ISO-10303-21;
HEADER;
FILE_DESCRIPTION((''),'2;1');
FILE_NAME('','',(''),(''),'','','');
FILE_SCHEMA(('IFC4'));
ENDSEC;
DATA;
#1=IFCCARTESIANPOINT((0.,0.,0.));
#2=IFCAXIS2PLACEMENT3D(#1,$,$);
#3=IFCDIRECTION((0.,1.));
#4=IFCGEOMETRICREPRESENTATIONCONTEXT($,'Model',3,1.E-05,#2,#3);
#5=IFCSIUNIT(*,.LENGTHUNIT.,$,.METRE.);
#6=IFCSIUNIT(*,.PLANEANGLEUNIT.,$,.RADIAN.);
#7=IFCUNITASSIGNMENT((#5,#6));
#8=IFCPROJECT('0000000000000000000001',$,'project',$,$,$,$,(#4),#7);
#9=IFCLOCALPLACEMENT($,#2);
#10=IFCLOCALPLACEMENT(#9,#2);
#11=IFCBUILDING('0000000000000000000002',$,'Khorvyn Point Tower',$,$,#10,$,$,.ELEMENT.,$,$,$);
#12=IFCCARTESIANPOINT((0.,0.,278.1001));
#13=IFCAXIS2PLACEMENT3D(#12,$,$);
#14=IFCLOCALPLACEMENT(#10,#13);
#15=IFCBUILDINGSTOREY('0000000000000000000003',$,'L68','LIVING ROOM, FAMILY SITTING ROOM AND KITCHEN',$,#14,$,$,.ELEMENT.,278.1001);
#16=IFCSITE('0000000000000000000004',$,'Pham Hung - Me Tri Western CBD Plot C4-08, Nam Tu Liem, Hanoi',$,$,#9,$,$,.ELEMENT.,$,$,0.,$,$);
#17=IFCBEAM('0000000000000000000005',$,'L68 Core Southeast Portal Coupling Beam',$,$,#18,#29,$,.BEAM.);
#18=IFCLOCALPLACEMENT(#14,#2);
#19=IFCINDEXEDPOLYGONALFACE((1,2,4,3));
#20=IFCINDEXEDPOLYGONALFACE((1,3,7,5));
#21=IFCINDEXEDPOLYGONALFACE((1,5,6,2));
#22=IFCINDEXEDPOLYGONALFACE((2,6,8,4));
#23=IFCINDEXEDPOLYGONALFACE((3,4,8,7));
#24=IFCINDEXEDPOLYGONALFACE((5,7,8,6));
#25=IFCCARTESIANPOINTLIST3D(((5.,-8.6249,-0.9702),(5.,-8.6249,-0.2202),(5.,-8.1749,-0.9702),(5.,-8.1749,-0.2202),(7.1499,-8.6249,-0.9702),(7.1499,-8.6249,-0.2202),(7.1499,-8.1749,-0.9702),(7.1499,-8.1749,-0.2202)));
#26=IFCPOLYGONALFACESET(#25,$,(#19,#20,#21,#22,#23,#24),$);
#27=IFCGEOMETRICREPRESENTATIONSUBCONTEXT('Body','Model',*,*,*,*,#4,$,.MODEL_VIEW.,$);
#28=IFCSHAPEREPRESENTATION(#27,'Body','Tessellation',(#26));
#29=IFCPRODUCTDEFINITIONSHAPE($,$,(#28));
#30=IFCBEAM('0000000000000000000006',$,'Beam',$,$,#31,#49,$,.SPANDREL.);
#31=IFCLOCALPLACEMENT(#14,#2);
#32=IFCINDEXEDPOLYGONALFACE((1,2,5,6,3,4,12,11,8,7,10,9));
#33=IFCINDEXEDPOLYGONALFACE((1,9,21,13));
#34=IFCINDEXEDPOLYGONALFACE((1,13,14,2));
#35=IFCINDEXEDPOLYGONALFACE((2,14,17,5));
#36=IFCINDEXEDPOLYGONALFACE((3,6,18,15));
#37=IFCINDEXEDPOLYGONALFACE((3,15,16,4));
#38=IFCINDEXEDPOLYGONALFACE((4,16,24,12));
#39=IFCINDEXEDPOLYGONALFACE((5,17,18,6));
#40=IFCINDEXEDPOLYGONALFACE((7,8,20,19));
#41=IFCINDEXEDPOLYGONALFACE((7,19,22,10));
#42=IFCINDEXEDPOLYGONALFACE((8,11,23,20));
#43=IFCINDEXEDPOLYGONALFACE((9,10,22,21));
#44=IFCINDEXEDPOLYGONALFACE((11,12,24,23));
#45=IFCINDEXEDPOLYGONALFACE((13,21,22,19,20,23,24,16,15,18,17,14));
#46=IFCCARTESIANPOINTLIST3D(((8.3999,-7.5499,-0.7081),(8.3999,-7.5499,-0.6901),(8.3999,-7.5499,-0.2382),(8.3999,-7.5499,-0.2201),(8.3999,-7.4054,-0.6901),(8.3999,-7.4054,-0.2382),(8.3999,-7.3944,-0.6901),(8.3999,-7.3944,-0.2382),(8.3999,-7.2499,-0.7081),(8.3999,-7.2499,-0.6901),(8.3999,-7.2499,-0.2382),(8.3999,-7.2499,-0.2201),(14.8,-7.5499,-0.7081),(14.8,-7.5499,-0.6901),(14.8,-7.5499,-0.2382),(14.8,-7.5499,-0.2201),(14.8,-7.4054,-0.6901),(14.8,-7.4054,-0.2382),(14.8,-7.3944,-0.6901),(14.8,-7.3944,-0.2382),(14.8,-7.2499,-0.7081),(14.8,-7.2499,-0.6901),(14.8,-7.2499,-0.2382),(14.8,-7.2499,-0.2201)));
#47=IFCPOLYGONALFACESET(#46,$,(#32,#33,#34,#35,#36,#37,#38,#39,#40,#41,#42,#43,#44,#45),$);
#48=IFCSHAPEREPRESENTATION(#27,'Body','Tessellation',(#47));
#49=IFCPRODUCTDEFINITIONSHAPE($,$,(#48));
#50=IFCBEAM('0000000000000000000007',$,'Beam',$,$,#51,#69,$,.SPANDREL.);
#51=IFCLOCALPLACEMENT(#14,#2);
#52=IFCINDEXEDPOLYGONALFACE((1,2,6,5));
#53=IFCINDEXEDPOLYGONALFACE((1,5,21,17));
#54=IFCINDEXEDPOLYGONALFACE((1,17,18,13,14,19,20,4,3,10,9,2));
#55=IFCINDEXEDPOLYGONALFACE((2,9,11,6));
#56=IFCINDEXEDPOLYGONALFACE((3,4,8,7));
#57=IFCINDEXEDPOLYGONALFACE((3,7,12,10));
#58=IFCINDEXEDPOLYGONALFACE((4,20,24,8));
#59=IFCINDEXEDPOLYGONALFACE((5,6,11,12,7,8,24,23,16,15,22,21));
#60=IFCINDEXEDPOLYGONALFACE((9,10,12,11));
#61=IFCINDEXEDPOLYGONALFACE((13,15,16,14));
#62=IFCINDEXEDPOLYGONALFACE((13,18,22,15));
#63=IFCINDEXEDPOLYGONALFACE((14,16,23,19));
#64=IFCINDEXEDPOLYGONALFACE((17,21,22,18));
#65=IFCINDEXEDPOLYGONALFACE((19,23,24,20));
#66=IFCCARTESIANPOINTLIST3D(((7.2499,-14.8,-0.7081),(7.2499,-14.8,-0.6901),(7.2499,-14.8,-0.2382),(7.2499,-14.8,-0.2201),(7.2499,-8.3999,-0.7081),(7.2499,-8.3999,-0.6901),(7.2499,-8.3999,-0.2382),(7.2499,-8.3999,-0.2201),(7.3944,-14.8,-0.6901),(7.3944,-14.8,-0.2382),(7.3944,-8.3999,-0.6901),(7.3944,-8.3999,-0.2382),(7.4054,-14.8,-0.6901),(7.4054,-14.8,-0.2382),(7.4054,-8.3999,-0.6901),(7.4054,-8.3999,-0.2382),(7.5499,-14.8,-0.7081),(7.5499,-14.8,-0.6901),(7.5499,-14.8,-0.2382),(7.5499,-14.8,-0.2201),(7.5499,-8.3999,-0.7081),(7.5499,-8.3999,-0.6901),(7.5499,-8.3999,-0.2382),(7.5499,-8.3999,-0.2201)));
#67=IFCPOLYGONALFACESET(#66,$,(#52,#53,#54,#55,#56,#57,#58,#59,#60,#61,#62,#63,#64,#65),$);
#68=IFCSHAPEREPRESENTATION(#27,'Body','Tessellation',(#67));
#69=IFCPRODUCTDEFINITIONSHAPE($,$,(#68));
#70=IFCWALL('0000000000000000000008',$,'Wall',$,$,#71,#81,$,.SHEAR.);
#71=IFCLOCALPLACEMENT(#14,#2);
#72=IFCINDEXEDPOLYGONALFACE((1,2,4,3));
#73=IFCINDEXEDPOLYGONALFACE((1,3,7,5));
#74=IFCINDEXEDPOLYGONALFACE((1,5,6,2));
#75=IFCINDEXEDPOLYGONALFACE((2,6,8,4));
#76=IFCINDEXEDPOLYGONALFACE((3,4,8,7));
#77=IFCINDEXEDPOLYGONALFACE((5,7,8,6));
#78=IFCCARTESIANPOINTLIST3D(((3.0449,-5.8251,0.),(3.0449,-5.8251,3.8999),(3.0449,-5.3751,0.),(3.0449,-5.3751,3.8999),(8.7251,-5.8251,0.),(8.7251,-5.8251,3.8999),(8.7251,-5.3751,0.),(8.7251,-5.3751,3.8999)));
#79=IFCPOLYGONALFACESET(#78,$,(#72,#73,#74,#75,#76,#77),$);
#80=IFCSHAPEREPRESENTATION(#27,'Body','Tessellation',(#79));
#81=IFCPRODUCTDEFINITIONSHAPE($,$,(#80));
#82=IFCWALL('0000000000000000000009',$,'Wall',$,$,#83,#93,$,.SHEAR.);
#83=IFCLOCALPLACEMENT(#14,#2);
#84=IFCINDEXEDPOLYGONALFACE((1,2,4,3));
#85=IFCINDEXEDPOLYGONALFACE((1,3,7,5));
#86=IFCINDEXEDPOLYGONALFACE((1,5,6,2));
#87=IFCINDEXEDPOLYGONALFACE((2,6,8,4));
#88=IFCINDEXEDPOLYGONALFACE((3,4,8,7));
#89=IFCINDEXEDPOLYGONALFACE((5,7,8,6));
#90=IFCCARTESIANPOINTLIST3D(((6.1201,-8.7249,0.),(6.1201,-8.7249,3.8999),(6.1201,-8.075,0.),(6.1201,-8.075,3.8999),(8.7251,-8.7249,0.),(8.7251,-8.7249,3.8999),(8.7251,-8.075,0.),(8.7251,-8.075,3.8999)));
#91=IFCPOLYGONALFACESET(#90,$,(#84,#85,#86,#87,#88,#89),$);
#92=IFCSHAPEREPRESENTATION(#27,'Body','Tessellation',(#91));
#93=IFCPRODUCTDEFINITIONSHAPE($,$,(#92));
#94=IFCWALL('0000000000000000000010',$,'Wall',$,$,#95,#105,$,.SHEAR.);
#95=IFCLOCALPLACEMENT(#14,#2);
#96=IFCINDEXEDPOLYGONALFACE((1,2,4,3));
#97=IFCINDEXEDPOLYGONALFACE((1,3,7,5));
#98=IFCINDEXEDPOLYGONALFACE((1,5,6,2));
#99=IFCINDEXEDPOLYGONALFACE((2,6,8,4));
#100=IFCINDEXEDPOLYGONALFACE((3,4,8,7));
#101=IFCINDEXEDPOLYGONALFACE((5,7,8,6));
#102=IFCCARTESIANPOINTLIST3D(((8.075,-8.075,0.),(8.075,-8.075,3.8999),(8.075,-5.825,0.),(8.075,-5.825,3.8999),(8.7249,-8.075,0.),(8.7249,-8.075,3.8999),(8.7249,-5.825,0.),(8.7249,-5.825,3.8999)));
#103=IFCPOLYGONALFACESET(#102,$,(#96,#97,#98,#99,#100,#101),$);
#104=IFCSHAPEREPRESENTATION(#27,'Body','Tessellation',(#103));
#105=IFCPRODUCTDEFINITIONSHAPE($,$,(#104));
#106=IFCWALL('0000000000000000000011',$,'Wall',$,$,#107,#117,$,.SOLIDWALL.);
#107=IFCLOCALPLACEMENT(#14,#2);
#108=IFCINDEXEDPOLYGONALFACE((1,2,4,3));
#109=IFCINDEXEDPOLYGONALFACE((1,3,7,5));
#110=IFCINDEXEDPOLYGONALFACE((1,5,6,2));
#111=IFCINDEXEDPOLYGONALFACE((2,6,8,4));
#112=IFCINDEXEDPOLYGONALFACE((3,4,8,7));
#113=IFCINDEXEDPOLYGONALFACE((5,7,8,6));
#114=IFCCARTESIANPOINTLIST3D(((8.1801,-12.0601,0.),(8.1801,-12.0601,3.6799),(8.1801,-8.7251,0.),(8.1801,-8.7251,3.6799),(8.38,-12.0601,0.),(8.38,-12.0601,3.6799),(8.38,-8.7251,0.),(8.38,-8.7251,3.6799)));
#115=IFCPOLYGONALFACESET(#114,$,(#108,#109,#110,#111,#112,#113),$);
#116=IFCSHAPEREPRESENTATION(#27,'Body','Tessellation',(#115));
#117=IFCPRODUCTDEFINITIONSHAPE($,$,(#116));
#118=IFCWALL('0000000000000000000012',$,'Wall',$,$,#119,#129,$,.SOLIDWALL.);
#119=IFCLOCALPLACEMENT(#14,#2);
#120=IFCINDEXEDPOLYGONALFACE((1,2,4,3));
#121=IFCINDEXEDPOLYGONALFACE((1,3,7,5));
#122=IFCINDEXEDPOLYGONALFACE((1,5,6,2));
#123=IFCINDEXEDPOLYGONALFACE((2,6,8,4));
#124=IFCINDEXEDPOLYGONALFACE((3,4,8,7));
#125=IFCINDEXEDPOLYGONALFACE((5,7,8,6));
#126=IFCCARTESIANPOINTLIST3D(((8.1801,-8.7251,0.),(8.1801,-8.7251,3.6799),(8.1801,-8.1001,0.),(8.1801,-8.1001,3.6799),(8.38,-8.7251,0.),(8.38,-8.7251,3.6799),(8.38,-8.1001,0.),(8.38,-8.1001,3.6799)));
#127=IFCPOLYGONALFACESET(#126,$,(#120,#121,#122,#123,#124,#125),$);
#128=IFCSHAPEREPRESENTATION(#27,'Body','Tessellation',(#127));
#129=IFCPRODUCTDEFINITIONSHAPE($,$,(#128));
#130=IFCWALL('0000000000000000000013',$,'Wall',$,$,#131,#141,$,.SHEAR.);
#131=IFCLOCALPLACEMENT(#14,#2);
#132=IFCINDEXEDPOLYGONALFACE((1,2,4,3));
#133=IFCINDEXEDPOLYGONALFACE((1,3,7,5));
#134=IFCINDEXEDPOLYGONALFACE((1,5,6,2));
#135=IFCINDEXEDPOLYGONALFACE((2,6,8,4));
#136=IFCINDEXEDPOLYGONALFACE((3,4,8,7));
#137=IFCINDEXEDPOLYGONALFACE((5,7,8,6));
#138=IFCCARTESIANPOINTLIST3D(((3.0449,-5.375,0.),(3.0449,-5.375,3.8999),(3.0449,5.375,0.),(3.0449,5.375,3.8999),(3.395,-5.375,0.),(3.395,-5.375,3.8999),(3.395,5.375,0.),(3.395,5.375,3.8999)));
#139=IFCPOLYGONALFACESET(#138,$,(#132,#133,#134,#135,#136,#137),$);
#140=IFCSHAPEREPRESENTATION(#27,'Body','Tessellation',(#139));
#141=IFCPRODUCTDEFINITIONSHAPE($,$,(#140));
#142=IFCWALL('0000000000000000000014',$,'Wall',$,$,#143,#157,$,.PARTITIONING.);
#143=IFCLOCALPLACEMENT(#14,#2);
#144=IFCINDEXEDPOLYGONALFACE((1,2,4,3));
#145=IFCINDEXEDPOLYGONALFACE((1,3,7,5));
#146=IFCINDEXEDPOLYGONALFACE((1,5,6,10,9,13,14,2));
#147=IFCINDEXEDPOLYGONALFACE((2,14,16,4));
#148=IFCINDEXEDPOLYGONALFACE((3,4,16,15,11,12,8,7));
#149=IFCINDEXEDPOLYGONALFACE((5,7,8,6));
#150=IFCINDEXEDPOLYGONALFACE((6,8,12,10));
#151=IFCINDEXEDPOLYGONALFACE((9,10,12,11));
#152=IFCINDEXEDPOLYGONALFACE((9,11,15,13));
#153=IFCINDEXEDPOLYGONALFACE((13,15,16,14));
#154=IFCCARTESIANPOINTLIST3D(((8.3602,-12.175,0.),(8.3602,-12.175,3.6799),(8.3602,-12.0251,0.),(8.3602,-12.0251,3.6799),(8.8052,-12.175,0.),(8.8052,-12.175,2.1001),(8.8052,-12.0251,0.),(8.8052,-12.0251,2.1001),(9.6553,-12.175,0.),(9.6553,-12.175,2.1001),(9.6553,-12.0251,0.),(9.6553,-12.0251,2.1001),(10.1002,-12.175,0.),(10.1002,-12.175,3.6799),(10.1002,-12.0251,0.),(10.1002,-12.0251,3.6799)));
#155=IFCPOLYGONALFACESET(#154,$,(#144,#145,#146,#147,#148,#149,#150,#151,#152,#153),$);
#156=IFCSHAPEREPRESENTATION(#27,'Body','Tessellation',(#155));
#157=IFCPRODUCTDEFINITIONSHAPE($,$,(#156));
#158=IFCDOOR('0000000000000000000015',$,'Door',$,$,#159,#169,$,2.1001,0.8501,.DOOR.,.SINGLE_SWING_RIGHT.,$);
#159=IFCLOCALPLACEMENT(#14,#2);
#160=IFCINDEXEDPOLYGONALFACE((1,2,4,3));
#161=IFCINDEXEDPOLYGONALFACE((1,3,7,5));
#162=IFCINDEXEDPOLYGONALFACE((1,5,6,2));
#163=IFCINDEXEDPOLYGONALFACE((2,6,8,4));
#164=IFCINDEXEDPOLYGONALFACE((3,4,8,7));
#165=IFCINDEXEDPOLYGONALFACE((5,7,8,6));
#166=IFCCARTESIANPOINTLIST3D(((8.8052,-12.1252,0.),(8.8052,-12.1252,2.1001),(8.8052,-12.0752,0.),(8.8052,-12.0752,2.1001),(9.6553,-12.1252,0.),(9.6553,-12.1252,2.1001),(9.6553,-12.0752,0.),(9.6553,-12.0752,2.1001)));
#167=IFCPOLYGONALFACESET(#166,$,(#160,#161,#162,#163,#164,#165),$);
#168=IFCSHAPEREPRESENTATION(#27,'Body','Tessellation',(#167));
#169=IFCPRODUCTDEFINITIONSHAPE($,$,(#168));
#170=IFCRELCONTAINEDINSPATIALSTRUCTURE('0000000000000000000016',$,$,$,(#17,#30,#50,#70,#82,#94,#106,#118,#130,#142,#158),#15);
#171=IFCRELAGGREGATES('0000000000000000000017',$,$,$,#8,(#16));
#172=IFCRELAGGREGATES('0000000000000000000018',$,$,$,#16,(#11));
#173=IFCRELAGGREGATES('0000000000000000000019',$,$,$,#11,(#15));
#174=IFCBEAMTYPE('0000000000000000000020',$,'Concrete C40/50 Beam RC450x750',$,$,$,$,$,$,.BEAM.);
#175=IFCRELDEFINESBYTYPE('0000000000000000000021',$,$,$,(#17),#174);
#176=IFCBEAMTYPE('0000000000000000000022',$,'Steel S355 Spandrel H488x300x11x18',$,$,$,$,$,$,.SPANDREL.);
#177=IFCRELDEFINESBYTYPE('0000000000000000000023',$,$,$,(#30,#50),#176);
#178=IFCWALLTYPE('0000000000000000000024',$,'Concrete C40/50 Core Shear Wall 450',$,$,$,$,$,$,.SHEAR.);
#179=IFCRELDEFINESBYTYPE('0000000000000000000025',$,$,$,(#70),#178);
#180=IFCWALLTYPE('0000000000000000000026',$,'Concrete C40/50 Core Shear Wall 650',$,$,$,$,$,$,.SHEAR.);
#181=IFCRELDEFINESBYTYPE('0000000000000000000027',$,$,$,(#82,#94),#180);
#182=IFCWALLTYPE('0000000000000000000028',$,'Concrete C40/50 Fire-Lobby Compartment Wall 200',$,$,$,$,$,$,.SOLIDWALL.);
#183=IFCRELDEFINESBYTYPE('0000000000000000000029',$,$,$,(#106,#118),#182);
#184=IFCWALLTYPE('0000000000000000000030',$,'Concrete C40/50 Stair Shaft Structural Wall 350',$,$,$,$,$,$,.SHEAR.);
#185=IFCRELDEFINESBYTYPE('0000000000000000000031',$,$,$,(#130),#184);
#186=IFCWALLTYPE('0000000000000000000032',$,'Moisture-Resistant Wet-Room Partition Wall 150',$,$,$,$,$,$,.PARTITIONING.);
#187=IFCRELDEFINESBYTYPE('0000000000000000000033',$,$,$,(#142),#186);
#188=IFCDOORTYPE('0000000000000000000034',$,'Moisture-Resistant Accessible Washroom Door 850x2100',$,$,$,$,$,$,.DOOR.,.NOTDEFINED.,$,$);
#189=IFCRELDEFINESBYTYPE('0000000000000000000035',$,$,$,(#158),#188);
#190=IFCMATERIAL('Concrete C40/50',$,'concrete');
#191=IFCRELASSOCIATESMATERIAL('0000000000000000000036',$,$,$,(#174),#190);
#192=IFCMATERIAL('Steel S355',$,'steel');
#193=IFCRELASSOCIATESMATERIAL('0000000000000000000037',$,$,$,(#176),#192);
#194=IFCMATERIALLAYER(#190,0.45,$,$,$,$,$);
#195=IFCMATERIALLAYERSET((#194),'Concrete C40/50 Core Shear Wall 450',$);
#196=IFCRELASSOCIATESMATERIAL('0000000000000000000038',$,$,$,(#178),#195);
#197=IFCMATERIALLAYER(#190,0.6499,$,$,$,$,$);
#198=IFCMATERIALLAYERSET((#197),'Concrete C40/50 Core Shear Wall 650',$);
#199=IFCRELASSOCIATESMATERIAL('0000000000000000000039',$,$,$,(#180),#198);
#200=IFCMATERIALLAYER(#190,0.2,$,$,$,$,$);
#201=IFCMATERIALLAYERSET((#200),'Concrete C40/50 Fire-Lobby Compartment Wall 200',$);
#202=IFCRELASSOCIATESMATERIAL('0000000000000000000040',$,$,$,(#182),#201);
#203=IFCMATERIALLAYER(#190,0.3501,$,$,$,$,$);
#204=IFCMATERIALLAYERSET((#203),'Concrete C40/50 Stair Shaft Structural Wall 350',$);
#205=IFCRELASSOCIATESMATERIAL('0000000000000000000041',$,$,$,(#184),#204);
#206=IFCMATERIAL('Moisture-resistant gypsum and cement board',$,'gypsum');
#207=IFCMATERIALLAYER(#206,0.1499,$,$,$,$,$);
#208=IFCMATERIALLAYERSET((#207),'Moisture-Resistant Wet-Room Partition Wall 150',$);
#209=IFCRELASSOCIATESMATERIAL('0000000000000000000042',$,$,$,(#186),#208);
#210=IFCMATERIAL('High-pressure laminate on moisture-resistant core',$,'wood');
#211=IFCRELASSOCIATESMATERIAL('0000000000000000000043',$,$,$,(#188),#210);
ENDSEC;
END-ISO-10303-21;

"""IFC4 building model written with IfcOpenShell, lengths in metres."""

from ifc_helpers import new_model, si_unit, direction, frame, frame_2d, origin, origin_2d, place, context, subcontext, project, spatial, rectangle, i_section, extrude, material, layer, layer_set, material_profile, profile_set, type_object, element, fill, save


model = new_model("IFC4")

# Units and contexts
model_context = context("Model", 3, precision=1e-05, world=origin(), true_north=direction((0.0, 1.0)))
body_context = subcontext(model_context, "Body", "Model", "MODEL_VIEW")
ifc_project = project(units=[si_unit("LENGTHUNIT", "METRE"), si_unit("PLANEANGLEUNIT", "RADIAN")], contexts=[model_context])

# Site, building, storey
site_placement = place(None, origin())
site = spatial("IfcSite", under=ifc_project, at=site_placement, Name="Pham Hung - Me Tri Western CBD Plot C4-08, Nam Tu Liem, Hanoi", CompositionType="ELEMENT", RefElevation=0.0)
building_placement = place(site_placement, origin())
building = spatial("IfcBuilding", under=site, at=building_placement, Name="Khorvyn Point Tower", CompositionType="ELEMENT")
storey_placement = place(building_placement, frame((0.0, 0.0, 278.1001)))
storey = spatial("IfcBuildingStorey", under=building, at=storey_placement, Name="L68", Description="LIVING ROOM, FAMILY SITTING ROOM AND KITCHEN", CompositionType="ELEMENT", Elevation=278.1001)

# Beams
ifc_material_1 = material(Name="Concrete C40/50", Category="concrete")
ifc_material_profile_1 = material_profile(ifc_material_1, rectangle(XDim=0.45, YDim=0.75, at=origin_2d()))
ifc_profile_set_1 = profile_set([ifc_material_profile_1], Name="Concrete C40/50 RC450x750")
beam_type_1 = type_object("IfcBeamType", Name="Concrete C40/50 Beam RC450x750", PredefinedType="BEAM", material=ifc_profile_set_1)
beam_placement = place(storey_placement, frame((5.0, -8.3999, -0.5952), z_axis=(1.0, 0.0, 0.0), x_axis=(0.0, 1.0, 0.0)))
element("IfcBeam", 1, at=beam_placement, inside=storey, type_object=beam_type_1, Name="L68 Core Southeast Portal Coupling Beam", PredefinedType="BEAM", context=body_context, shape_type="SweptSolid", body=[
    extrude(rectangle(XDim=0.45, YDim=0.75, at=origin_2d()), origin(), (0.0, 0.0, 1.0), 2.1499),
])
ifc_material_2 = material(Name="Steel S355", Category="steel")
ifc_material_profile_2 = material_profile(ifc_material_2, i_section(OverallWidth=0.3, OverallDepth=0.488, WebThickness=0.011, FlangeThickness=0.0181, at=origin_2d()))
ifc_profile_set_2 = profile_set([ifc_material_profile_2], Name="Steel S355 H488x300x11x18")
beam_type_2 = type_object("IfcBeamType", Name="Steel S355 Spandrel H488x300x11x18", PredefinedType="SPANDREL", material=ifc_profile_set_2)
for number, where, z_axis, x_axis, name in (
    (2, (8.3999, -7.3999, -0.4641), (1.0, 0.0, 0.0), (0.0, 1.0, 0.0), "Beam"),
    (3, (7.3999, -14.8, -0.4641), (0.0, 1.0, 0.0), (-1.0, 0.0, 0.0), "Beam"),
):
    element("IfcBeam", number, at=place(storey_placement, frame(where, z_axis=z_axis, x_axis=x_axis)), inside=storey, type_object=beam_type_2, Name=name, PredefinedType="SPANDREL", context=body_context, shape_type="SweptSolid", body=[
        extrude(i_section(OverallWidth=0.3, OverallDepth=0.488, WebThickness=0.011, FlangeThickness=0.0181, at=origin_2d()), origin(), (0.0, 0.0, 1.0), 6.4001),
    ])

# Walls
ifc_layer_1 = layer(ifc_material_1, 0.45)
ifc_layer_set_1 = layer_set([ifc_layer_1], Name="Concrete C40/50 Core Shear Wall 450")
wall_type_1 = type_object("IfcWallType", Name="Concrete C40/50 Core Shear Wall 450", PredefinedType="SHEAR", material=ifc_layer_set_1)
wall_1_placement = place(storey_placement, frame((3.0449, -5.6001, 0.0), z_axis=(0.0, 0.0, 1.0), x_axis=(1.0, 0.0, 0.0)))
element("IfcWall", 4, at=wall_1_placement, inside=storey, type_object=wall_type_1, Name="Wall", PredefinedType="SHEAR", context=body_context, shape_type="SweptSolid", body=[
    extrude(rectangle(XDim=5.6802, YDim=0.45, at=frame_2d((2.8401, 0.0))), origin(), (0.0, 0.0, 1.0), 3.8999),
])
ifc_layer_2 = layer(ifc_material_1, 0.6499)
ifc_layer_set_2 = layer_set([ifc_layer_2], Name="Concrete C40/50 Core Shear Wall 650")
wall_type_2 = type_object("IfcWallType", Name="Concrete C40/50 Core Shear Wall 650", PredefinedType="SHEAR", material=ifc_layer_set_2)
wall_2_placement = place(storey_placement, frame((6.1201, -8.3999, 0.0), z_axis=(0.0, 0.0, 1.0), x_axis=(1.0, 0.0, 0.0)))
element("IfcWall", 5, at=wall_2_placement, inside=storey, type_object=wall_type_2, Name="Wall", PredefinedType="SHEAR", context=body_context, shape_type="SweptSolid", body=[
    extrude(rectangle(XDim=2.605, YDim=0.6499, at=frame_2d((1.3025, 0.0))), origin(), (0.0, 0.0, 1.0), 3.8999),
])
wall_3_placement = place(storey_placement, frame((8.3999, -8.075, 0.0), z_axis=(0.0, 0.0, 1.0), x_axis=(0.0, 1.0, 0.0)))
element("IfcWall", 6, at=wall_3_placement, inside=storey, type_object=wall_type_2, Name="Wall", PredefinedType="SHEAR", context=body_context, shape_type="SweptSolid", body=[
    extrude(rectangle(XDim=2.25, YDim=0.6499, at=frame_2d((1.125, 0.0))), origin(), (0.0, 0.0, 1.0), 3.8999),
])

# Shared definitions
ifc_layer_3 = layer(ifc_material_1, 0.2)
ifc_layer_set_3 = layer_set([ifc_layer_3], Name="Concrete C40/50 Fire-Lobby Compartment Wall 200")
wall_type_3 = type_object("IfcWallType", Name="Concrete C40/50 Fire-Lobby Compartment Wall 200", PredefinedType="SOLIDWALL", material=ifc_layer_set_3)

# Walls
wall_4_placement = place(storey_placement, frame((8.28, -12.0601, 0.0), z_axis=(0.0, 0.0, 1.0), x_axis=(0.0, 1.0, 0.0)))
element("IfcWall", 7, at=wall_4_placement, inside=storey, type_object=wall_type_3, Name="Wall", PredefinedType="SOLIDWALL", context=body_context, shape_type="SweptSolid", body=[
    extrude(rectangle(XDim=3.335, YDim=0.2, at=frame_2d((1.6675, 0.0))), origin(), (0.0, 0.0, 1.0), 3.6799),
])
wall_5_placement = place(storey_placement, frame((8.28, -8.7251, 0.0), z_axis=(0.0, 0.0, 1.0), x_axis=(0.0, 1.0, 0.0)))
element("IfcWall", 8, at=wall_5_placement, inside=storey, type_object=wall_type_3, Name="Wall", PredefinedType="SOLIDWALL", context=body_context, shape_type="SweptSolid", body=[
    extrude(rectangle(XDim=0.625, YDim=0.2, at=frame_2d((0.3125, 0.0))), origin(), (0.0, 0.0, 1.0), 3.6799),
])
ifc_layer_4 = layer(ifc_material_1, 0.3501)
ifc_layer_set_4 = layer_set([ifc_layer_4], Name="Concrete C40/50 Stair Shaft Structural Wall 350")
wall_type_4 = type_object("IfcWallType", Name="Concrete C40/50 Stair Shaft Structural Wall 350", PredefinedType="SHEAR", material=ifc_layer_set_4)
wall_6_placement = place(storey_placement, frame((3.22, -5.375, 0.0), z_axis=(0.0, 0.0, 1.0), x_axis=(0.0, 1.0, 0.0)))
element("IfcWall", 9, at=wall_6_placement, inside=storey, type_object=wall_type_4, Name="Wall", PredefinedType="SHEAR", context=body_context, shape_type="SweptSolid", body=[
    extrude(rectangle(XDim=10.75, YDim=0.3501, at=frame_2d((5.375, 0.0))), origin(), (0.0, 0.0, 1.0), 3.8999),
])

# Wall, opening, door
ifc_material_3 = material(Name="Moisture-resistant gypsum and cement board", Category="gypsum")
ifc_layer_5 = layer(ifc_material_3, 0.1499)
ifc_layer_set_5 = layer_set([ifc_layer_5], Name="Moisture-Resistant Wet-Room Partition Wall 150")
wall_type_5 = type_object("IfcWallType", Name="Moisture-Resistant Wet-Room Partition Wall 150", PredefinedType="PARTITIONING", material=ifc_layer_set_5)
wall_7_placement = place(storey_placement, frame((8.3601, -12.1001, 0.0), z_axis=(0.0, 0.0, 1.0), x_axis=(1.0, 0.0, 0.0)))
wall_7 = element("IfcWall", 10, at=wall_7_placement, inside=storey, type_object=wall_type_5, Name="Wall", PredefinedType="PARTITIONING", context=body_context, shape_type="SweptSolid", body=[
    extrude(rectangle(XDim=1.74, YDim=0.1499, at=frame_2d((0.8701, 0.0))), origin(), (0.0, 0.0, 1.0), 3.6799),
])
opening_1_placement = place(wall_7_placement, frame((0.4451, 0.0, 0.0)))
opening_1 = element("IfcOpeningElement", 11, at=opening_1_placement, cuts=wall_7, PredefinedType="OPENING", context=body_context, shape_type="SweptSolid", body=[
    extrude(rectangle(XDim=0.8501, YDim=2.1001, at=frame_2d((0.425, 1.05))), frame((0.0, 0.085, 0.0), z_axis=(0.0, -1.0, 0.0), x_axis=(1.0, 0.0, 0.0)), (0.0, 0.0, 1.0), 0.1699),
])
ifc_material_4 = material(Name="High-pressure laminate on moisture-resistant core", Category="wood")
door_type_1 = type_object("IfcDoorType", Name="Moisture-Resistant Accessible Washroom Door 850x2100", OperationType="NOTDEFINED", PredefinedType="DOOR", material=ifc_material_4)
door_1_placement = place(opening_1_placement, origin())
door_1 = element("IfcDoor", 12, at=door_1_placement, inside=storey, type_object=door_type_1, Name="Door", OperationType="SINGLE_SWING_RIGHT", OverallHeight=2.1001, OverallWidth=0.8501, PredefinedType="DOOR", context=body_context, shape_type="SweptSolid", body=[
    extrude(rectangle(XDim=0.8501, YDim=2.1001, at=frame_2d((0.425, 1.05))), frame((0.0, 0.0249, 0.0), z_axis=(0.0, -1.0, 0.0), x_axis=(1.0, 0.0, 0.0)), (0.0, 0.0, 1.0), 0.05),
])
fill(opening_1, door_1)

save(model, "model.ifc")
